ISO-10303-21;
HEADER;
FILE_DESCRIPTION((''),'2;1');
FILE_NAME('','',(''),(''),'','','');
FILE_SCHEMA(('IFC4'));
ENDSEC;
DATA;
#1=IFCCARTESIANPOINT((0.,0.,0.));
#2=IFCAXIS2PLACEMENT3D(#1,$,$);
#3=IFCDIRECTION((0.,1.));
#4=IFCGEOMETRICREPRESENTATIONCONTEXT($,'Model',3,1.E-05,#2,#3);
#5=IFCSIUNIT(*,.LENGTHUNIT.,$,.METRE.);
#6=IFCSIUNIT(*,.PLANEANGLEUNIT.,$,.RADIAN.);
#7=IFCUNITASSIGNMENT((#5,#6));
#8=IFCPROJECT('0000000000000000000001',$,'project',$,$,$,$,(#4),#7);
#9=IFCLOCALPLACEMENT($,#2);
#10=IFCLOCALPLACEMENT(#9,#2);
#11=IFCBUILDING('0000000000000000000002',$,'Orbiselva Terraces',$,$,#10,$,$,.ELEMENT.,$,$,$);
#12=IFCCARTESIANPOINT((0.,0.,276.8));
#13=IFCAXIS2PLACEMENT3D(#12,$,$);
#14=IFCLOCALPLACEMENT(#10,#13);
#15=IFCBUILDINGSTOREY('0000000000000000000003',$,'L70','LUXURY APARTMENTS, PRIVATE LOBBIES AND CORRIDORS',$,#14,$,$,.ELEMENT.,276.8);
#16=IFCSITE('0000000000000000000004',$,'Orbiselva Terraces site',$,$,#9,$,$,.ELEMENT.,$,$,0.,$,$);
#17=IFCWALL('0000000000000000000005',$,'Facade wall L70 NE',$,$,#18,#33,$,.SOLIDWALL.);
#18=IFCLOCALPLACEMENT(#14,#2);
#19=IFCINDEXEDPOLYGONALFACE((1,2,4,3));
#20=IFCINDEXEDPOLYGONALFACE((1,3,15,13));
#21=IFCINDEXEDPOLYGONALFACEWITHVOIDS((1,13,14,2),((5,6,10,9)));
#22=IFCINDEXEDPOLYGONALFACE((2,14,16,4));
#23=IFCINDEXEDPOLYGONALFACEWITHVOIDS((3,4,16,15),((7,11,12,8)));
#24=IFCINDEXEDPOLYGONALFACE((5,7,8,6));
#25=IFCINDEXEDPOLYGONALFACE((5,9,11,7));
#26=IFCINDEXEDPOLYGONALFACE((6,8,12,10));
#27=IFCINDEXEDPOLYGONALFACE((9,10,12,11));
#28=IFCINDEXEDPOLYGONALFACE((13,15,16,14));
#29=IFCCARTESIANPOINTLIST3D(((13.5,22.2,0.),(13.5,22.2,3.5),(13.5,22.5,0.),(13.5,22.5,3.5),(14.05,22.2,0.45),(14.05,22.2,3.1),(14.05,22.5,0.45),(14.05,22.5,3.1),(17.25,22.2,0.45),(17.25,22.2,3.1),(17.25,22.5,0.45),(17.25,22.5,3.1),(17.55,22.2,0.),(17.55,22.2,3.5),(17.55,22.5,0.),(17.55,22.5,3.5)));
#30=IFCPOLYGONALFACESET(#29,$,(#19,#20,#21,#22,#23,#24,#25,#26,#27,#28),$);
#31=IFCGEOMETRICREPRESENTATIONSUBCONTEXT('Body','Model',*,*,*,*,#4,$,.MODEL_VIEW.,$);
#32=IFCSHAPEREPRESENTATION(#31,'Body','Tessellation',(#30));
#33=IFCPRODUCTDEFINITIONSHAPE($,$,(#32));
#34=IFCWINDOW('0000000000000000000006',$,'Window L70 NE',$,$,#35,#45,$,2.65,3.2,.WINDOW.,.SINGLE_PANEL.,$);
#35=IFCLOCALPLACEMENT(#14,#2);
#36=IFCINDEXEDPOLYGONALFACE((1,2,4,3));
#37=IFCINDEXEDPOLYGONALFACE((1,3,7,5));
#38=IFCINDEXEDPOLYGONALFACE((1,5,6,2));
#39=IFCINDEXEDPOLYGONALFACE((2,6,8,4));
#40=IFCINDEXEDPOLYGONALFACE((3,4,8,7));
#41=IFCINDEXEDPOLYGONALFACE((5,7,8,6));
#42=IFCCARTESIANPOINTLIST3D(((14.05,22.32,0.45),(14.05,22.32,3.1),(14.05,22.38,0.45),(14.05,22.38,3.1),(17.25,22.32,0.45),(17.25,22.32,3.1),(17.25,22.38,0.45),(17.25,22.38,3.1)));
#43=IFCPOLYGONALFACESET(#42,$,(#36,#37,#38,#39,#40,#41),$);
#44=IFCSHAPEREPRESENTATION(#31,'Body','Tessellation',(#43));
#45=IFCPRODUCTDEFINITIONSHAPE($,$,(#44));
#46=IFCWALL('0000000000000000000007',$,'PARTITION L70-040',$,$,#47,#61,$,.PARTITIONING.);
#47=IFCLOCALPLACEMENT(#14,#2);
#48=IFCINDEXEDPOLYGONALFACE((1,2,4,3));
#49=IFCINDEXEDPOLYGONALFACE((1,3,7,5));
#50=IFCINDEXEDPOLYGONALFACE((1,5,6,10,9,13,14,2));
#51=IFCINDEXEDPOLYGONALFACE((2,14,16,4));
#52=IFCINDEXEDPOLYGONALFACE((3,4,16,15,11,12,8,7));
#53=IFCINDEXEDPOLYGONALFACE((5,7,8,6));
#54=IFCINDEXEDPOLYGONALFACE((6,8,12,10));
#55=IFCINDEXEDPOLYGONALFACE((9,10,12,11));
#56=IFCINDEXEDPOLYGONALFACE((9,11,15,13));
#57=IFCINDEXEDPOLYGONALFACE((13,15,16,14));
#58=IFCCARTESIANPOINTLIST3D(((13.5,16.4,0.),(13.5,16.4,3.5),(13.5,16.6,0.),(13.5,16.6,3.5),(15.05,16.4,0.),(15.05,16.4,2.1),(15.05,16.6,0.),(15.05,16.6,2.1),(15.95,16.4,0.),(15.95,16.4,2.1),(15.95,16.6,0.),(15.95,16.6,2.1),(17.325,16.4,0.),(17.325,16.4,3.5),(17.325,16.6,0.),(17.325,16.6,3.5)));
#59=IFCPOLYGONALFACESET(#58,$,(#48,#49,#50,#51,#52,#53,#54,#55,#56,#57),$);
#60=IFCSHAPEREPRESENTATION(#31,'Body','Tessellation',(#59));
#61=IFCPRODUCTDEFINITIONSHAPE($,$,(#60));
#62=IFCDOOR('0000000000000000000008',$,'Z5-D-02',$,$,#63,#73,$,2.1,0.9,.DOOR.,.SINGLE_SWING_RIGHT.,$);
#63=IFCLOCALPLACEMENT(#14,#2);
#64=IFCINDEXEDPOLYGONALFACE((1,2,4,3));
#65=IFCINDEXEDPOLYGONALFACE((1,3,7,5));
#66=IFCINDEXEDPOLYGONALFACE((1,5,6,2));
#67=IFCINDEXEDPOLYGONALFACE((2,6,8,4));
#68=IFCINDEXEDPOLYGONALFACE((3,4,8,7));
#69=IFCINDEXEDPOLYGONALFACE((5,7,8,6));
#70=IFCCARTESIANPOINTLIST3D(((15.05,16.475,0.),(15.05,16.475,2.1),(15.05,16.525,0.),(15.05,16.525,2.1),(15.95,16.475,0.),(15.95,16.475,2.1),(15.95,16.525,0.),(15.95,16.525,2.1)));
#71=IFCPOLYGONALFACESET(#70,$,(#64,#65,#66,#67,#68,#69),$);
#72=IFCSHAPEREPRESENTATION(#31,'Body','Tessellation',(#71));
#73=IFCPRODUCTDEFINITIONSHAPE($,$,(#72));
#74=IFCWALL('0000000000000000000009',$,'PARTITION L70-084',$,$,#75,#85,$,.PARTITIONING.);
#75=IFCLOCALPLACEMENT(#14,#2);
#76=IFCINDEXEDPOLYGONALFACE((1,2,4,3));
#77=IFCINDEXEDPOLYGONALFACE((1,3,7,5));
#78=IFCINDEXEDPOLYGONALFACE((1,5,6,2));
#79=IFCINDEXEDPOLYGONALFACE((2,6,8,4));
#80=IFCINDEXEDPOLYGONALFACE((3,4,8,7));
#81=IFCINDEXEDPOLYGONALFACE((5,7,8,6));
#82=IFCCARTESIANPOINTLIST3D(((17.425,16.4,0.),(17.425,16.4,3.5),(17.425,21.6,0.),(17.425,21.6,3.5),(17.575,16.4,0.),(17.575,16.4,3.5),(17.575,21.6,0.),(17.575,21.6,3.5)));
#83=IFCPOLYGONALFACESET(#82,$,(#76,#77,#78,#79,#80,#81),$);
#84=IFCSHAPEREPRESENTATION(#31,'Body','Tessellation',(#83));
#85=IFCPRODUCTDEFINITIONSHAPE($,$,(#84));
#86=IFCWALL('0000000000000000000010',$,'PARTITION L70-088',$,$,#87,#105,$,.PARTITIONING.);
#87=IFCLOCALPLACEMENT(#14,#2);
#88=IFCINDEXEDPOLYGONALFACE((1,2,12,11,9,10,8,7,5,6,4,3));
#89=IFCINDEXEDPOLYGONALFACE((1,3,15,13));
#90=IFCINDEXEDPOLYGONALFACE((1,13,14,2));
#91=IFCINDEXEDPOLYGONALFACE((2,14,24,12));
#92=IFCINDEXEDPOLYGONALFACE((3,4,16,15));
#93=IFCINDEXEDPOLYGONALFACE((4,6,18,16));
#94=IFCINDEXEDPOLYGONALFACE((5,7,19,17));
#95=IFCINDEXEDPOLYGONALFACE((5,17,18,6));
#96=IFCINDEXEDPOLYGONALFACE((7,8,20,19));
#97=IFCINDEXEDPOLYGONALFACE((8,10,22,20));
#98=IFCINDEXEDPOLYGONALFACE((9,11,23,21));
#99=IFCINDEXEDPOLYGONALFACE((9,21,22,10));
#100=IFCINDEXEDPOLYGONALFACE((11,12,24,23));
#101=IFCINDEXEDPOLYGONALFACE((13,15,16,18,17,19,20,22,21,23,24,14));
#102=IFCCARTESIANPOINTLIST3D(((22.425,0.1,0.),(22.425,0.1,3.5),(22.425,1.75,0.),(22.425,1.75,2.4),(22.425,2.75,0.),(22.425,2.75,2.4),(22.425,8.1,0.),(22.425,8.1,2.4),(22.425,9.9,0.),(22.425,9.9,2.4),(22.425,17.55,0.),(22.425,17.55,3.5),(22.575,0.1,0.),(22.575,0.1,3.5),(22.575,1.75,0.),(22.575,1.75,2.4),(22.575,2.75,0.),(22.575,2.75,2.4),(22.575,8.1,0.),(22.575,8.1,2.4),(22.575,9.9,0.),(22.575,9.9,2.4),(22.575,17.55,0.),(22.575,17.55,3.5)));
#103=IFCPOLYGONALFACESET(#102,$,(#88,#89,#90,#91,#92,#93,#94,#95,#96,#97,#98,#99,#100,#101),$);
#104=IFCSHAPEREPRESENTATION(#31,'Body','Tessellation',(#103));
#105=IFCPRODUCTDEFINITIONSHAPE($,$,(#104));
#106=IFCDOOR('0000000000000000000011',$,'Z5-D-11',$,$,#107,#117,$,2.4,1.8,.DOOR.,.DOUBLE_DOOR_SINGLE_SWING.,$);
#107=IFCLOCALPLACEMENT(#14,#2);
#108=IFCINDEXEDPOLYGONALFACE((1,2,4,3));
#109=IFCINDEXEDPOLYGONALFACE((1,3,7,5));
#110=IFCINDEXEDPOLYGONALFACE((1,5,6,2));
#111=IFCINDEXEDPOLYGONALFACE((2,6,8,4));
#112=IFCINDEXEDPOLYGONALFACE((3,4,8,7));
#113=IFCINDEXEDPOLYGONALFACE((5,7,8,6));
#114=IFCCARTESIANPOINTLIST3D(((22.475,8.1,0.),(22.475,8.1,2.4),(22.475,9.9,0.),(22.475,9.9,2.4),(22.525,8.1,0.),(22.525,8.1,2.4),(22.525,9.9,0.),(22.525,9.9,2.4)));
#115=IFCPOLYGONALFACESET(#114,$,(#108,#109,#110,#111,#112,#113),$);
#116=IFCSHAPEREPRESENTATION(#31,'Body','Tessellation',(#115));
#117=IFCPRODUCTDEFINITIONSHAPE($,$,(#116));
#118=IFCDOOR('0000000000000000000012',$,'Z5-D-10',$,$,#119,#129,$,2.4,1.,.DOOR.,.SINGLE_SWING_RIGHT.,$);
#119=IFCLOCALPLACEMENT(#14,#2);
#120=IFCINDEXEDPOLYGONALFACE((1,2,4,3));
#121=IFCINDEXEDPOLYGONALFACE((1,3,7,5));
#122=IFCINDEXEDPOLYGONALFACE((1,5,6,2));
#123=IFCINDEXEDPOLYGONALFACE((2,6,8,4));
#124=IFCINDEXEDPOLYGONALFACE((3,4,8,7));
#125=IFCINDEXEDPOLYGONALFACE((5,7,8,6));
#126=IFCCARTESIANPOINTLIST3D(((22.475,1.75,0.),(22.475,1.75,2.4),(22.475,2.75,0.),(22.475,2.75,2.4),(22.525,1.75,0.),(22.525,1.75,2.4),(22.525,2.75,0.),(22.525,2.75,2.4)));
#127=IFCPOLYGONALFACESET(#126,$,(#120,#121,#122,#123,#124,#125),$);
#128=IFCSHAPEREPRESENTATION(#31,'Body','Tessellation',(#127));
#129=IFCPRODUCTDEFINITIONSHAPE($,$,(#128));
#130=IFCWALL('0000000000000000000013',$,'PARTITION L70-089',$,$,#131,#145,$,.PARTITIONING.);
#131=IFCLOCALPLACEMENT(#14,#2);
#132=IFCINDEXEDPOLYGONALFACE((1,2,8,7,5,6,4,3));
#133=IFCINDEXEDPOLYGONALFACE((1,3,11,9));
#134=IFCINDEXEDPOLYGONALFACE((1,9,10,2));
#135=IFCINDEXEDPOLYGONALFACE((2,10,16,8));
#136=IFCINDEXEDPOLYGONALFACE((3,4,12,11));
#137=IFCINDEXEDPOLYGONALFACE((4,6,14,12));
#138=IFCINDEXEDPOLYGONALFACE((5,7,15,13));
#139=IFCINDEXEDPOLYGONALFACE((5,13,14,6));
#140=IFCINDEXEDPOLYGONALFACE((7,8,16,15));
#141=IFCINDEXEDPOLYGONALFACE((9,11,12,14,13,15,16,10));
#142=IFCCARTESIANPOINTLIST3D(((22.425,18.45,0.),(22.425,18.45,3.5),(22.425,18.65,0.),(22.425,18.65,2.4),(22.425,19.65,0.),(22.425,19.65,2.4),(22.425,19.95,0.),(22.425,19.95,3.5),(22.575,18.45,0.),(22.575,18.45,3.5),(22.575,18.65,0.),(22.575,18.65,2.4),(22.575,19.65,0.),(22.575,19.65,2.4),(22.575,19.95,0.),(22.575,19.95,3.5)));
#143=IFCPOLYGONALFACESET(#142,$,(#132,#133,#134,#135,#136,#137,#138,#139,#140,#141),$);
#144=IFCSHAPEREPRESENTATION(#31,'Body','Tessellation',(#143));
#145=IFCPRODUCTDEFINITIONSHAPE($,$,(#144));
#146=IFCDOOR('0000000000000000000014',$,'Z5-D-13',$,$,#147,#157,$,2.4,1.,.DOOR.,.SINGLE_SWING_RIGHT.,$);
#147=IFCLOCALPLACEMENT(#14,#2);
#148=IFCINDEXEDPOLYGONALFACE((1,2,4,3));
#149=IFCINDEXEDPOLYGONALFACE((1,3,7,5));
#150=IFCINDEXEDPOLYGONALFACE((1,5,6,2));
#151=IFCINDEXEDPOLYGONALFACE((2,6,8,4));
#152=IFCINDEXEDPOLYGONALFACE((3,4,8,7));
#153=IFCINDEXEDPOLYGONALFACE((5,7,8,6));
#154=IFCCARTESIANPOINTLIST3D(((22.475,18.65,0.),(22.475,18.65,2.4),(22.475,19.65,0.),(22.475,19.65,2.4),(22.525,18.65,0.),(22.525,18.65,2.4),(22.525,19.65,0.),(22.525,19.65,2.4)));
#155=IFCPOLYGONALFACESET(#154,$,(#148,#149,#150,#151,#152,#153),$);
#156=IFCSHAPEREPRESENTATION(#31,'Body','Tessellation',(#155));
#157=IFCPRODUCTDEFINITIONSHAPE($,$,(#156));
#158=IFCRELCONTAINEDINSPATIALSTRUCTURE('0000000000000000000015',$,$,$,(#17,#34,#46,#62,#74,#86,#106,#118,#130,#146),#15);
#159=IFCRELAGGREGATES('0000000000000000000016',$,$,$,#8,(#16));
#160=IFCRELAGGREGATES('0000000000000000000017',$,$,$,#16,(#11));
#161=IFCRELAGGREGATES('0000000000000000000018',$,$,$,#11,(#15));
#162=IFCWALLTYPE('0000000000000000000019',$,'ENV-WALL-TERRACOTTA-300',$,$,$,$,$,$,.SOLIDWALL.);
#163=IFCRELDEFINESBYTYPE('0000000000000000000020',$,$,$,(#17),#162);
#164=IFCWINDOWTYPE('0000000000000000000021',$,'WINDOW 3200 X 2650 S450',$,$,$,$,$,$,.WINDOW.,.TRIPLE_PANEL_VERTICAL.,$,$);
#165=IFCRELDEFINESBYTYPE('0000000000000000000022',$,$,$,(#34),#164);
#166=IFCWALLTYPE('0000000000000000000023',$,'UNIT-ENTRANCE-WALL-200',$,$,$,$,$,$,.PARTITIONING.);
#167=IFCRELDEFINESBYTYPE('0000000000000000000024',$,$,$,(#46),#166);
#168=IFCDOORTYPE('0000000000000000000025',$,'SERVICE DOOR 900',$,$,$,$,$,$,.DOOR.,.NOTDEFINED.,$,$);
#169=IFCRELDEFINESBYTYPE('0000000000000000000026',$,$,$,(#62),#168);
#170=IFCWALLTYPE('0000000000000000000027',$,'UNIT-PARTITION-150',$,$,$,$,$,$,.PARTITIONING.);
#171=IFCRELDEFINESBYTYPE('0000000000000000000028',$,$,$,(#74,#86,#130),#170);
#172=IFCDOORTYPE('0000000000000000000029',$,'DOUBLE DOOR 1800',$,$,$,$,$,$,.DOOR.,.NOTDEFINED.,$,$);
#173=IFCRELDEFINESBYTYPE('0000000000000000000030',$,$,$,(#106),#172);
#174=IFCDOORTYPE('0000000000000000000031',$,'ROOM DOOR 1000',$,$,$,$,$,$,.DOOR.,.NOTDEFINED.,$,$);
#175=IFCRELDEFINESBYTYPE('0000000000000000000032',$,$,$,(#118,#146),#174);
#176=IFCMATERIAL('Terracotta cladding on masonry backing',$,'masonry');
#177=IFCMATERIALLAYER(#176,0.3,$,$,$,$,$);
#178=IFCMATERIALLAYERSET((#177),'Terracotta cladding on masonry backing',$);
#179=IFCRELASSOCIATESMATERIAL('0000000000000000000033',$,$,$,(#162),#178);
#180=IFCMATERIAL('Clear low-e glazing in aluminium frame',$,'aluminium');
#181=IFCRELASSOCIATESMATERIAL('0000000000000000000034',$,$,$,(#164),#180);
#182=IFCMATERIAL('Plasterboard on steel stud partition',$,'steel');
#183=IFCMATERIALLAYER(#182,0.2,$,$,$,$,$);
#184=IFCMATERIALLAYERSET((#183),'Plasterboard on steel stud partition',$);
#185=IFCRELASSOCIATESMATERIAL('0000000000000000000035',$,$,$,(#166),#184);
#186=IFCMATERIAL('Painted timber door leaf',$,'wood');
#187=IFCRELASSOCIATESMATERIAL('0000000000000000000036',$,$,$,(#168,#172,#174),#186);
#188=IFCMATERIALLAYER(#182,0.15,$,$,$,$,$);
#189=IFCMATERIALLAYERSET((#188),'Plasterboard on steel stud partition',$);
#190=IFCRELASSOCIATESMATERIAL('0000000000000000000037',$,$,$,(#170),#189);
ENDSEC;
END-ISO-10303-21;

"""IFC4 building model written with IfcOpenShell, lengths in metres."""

from ifc_helpers import new_model, si_unit, direction, frame, frame_2d, origin, place, context, subcontext, project, spatial, rectangle, extrude, material, layer, layer_set, type_object, element, fill, save


model = new_model("IFC4")

# Units and contexts
model_context = context("Model", 3, precision=1e-05, world=origin(), true_north=direction((0.0, 1.0)))
body_context = subcontext(model_context, "Body", "Model", "MODEL_VIEW")
ifc_project = project(units=[si_unit("LENGTHUNIT", "METRE"), si_unit("PLANEANGLEUNIT", "RADIAN")], contexts=[model_context])

# Site, building, storey
site_placement = place(None, origin())
site = spatial("IfcSite", under=ifc_project, at=site_placement, Name="Orbiselva Terraces site", CompositionType="ELEMENT", RefElevation=0.0)
building_placement = place(site_placement, origin())
building = spatial("IfcBuilding", under=site, at=building_placement, Name="Orbiselva Terraces", CompositionType="ELEMENT")
storey_placement = place(building_placement, frame((0.0, 0.0, 276.8)))
storey = spatial("IfcBuildingStorey", under=building, at=storey_placement, Name="L70", Description="LUXURY APARTMENTS, PRIVATE LOBBIES AND CORRIDORS", CompositionType="ELEMENT", Elevation=276.8)

# Shared definitions
ifc_material_1 = material(Name="Terracotta cladding on masonry backing", Category="masonry")
ifc_layer_1 = layer(ifc_material_1, 0.3)
ifc_layer_set_1 = layer_set([ifc_layer_1], Name="Terracotta cladding on masonry backing")
wall_type_1 = type_object("IfcWallType", Name="ENV-WALL-TERRACOTTA-300", PredefinedType="SOLIDWALL", material=ifc_layer_set_1)
ifc_material_2 = material(Name="Clear low-e glazing in aluminium frame", Category="aluminium")

# Wall, opening, window
wall_1_placement = place(storey_placement, frame((13.5, 22.35, 0.0), z_axis=(0.0, 0.0, 1.0), x_axis=(1.0, 0.0, 0.0)))
wall_1 = element("IfcWall", 1, at=wall_1_placement, inside=storey, type_object=wall_type_1, Name="Facade wall L70 NE", PredefinedType="SOLIDWALL", context=body_context, shape_type="SweptSolid", body=[
    extrude(rectangle(XDim=4.05, YDim=0.3, at=frame_2d((2.025, 0.0))), origin(), (0.0, 0.0, 1.0), 3.5),
])
opening_1_placement = place(wall_1_placement, frame((0.55, 0.0, 0.45)))
opening_1 = element("IfcOpeningElement", 2, at=opening_1_placement, cuts=wall_1, PredefinedType="OPENING", context=body_context, shape_type="SweptSolid", body=[
    extrude(rectangle(XDim=3.2, YDim=2.65, at=frame_2d((1.6, 1.325))), frame((0.0, 0.16, 0.0), z_axis=(0.0, -1.0, 0.0), x_axis=(1.0, 0.0, 0.0)), (0.0, 0.0, 1.0), 0.32),
])
window_type = type_object("IfcWindowType", Name="WINDOW 3200 X 2650 S450", PartitioningType="TRIPLE_PANEL_VERTICAL", PredefinedType="WINDOW", material=ifc_material_2)
window_placement = place(opening_1_placement, origin())
window = element("IfcWindow", 3, at=window_placement, inside=storey, type_object=window_type, Name="Window L70 NE", OverallHeight=2.65, OverallWidth=3.2, PartitioningType="SINGLE_PANEL", PredefinedType="WINDOW", context=body_context, shape_type="SweptSolid", body=[
    extrude(rectangle(XDim=3.2, YDim=2.65, at=frame_2d((1.6, 1.325))), frame((0.0, 0.03, 0.0), z_axis=(0.0, -1.0, 0.0), x_axis=(1.0, 0.0, 0.0)), (0.0, 0.0, 1.0), 0.06),
])
fill(opening_1, window)

# Wall, opening, door
ifc_material_3 = material(Name="Plasterboard on steel stud partition", Category="steel")
ifc_layer_2 = layer(ifc_material_3, 0.2)
ifc_layer_set_2 = layer_set([ifc_layer_2], Name="Plasterboard on steel stud partition")
wall_type_2 = type_object("IfcWallType", Name="UNIT-ENTRANCE-WALL-200", PredefinedType="PARTITIONING", material=ifc_layer_set_2)
wall_2_placement = place(storey_placement, frame((13.5, 16.5, 0.0), z_axis=(0.0, 0.0, 1.0), x_axis=(1.0, 0.0, 0.0)))
wall_2 = element("IfcWall", 4, at=wall_2_placement, inside=storey, type_object=wall_type_2, Name="PARTITION L70-040", PredefinedType="PARTITIONING", context=body_context, shape_type="SweptSolid", body=[
    extrude(rectangle(XDim=3.825, YDim=0.2, at=frame_2d((1.9125, 0.0))), origin(), (0.0, 0.0, 1.0), 3.5),
])
opening_2_placement = place(wall_2_placement, frame((1.55, 0.0, 0.0)))
opening_2 = element("IfcOpeningElement", 5, at=opening_2_placement, cuts=wall_2, PredefinedType="OPENING", context=body_context, shape_type="SweptSolid", body=[
    extrude(rectangle(XDim=0.9, YDim=2.1, at=frame_2d((0.45, 1.05))), frame((0.0, 0.11, 0.0), z_axis=(0.0, -1.0, 0.0), x_axis=(1.0, 0.0, 0.0)), (0.0, 0.0, 1.0), 0.22),
])
ifc_material_4 = material(Name="Painted timber door leaf", Category="wood")
door_type_1 = type_object("IfcDoorType", Name="SERVICE DOOR 900", OperationType="NOTDEFINED", PredefinedType="DOOR", material=ifc_material_4)
door_1_placement = place(opening_2_placement, origin())
door_1 = element("IfcDoor", 6, at=door_1_placement, inside=storey, type_object=door_type_1, Name="Z5-D-02", OperationType="SINGLE_SWING_RIGHT", OverallHeight=2.1, OverallWidth=0.9, PredefinedType="DOOR", context=body_context, shape_type="SweptSolid", body=[
    extrude(rectangle(XDim=0.9, YDim=2.1, at=frame_2d((0.45, 1.05))), frame((0.0, 0.025, 0.0), z_axis=(0.0, -1.0, 0.0), x_axis=(1.0, 0.0, 0.0)), (0.0, 0.0, 1.0), 0.05),
])
fill(opening_2, door_1)

# Wall
ifc_layer_3 = layer(ifc_material_3, 0.15)
ifc_layer_set_3 = layer_set([ifc_layer_3], Name="Plasterboard on steel stud partition")
wall_type_3 = type_object("IfcWallType", Name="UNIT-PARTITION-150", PredefinedType="PARTITIONING", material=ifc_layer_set_3)
wall_3_placement = place(storey_placement, frame((17.5, 16.4, 0.0), z_axis=(0.0, 0.0, 1.0), x_axis=(0.0, 1.0, 0.0)))
element("IfcWall", 7, at=wall_3_placement, inside=storey, type_object=wall_type_3, Name="PARTITION L70-084", PredefinedType="PARTITIONING", context=body_context, shape_type="SweptSolid", body=[
    extrude(rectangle(XDim=5.2, YDim=0.15, at=frame_2d((2.6, 0.0))), origin(), (0.0, 0.0, 1.0), 3.5),
])

# Wall, openings, doors
wall_4_placement = place(storey_placement, frame((22.5, 17.55, 0.0), z_axis=(0.0, 0.0, 1.0), x_axis=(0.0, -1.0, 0.0)))
wall_4 = element("IfcWall", 8, at=wall_4_placement, inside=storey, type_object=wall_type_3, Name="PARTITION L70-088", PredefinedType="PARTITIONING", context=body_context, shape_type="SweptSolid", body=[
    extrude(rectangle(XDim=17.45, YDim=0.15, at=frame_2d((8.725, 0.0))), origin(), (0.0, 0.0, 1.0), 3.5),
])
opening_3_placement = place(wall_4_placement, frame((14.8, 0.0, 0.0)))
opening_3 = element("IfcOpeningElement", 9, at=opening_3_placement, cuts=wall_4, PredefinedType="OPENING", context=body_context, shape_type="SweptSolid", body=[
    extrude(rectangle(XDim=1.0, YDim=2.4, at=frame_2d((0.5, 1.2))), frame((0.0, 0.085, 0.0), z_axis=(0.0, -1.0, 0.0), x_axis=(1.0, 0.0, 0.0)), (0.0, 0.0, 1.0), 0.17),
])
opening_4_placement = place(wall_4_placement, frame((7.65, 0.0, 0.0)))
opening_4 = element("IfcOpeningElement", 10, at=opening_4_placement, cuts=wall_4, PredefinedType="OPENING", context=body_context, shape_type="SweptSolid", body=[
    extrude(rectangle(XDim=1.8, YDim=2.4, at=frame_2d((0.9, 1.2))), frame((0.0, 0.085, 0.0), z_axis=(0.0, -1.0, 0.0), x_axis=(1.0, 0.0, 0.0)), (0.0, 0.0, 1.0), 0.17),
])
door_type_2 = type_object("IfcDoorType", Name="DOUBLE DOOR 1800", OperationType="NOTDEFINED", PredefinedType="DOOR", material=ifc_material_4)
door_2_placement = place(opening_4_placement, origin())
door_2 = element("IfcDoor", 11, at=door_2_placement, inside=storey, type_object=door_type_2, Name="Z5-D-11", OperationType="DOUBLE_DOOR_SINGLE_SWING", OverallHeight=2.4, OverallWidth=1.8, PredefinedType="DOOR", context=body_context, shape_type="SweptSolid", body=[
    extrude(rectangle(XDim=1.8, YDim=2.4, at=frame_2d((0.9, 1.2))), frame((0.0, 0.025, 0.0), z_axis=(0.0, -1.0, 0.0), x_axis=(1.0, 0.0, 0.0)), (0.0, 0.0, 1.0), 0.05),
])
fill(opening_4, door_2)
door_type_3 = type_object("IfcDoorType", Name="ROOM DOOR 1000", OperationType="NOTDEFINED", PredefinedType="DOOR", material=ifc_material_4)
door_3_placement = place(opening_3_placement, origin())
door_3 = element("IfcDoor", 12, at=door_3_placement, inside=storey, type_object=door_type_3, Name="Z5-D-10", OperationType="SINGLE_SWING_RIGHT", OverallHeight=2.4, OverallWidth=1.0, PredefinedType="DOOR", context=body_context, shape_type="SweptSolid", body=[
    extrude(rectangle(XDim=1.0, YDim=2.4, at=frame_2d((0.5, 1.2))), frame((0.0, 0.025, 0.0), z_axis=(0.0, -1.0, 0.0), x_axis=(1.0, 0.0, 0.0)), (0.0, 0.0, 1.0), 0.05),
])
fill(opening_3, door_3)

# Wall, opening, door
wall_5_placement = place(storey_placement, frame((22.5, 19.95, 0.0), z_axis=(0.0, 0.0, 1.0), x_axis=(0.0, -1.0, 0.0)))
wall_5 = element("IfcWall", 13, at=wall_5_placement, inside=storey, type_object=wall_type_3, Name="PARTITION L70-089", PredefinedType="PARTITIONING", context=body_context, shape_type="SweptSolid", body=[
    extrude(rectangle(XDim=1.5, YDim=0.15, at=frame_2d((0.75, 0.0))), origin(), (0.0, 0.0, 1.0), 3.5),
])
opening_5_placement = place(wall_5_placement, frame((0.3, 0.0, 0.0)))
opening_5 = element("IfcOpeningElement", 14, at=opening_5_placement, cuts=wall_5, PredefinedType="OPENING", context=body_context, shape_type="SweptSolid", body=[
    extrude(rectangle(XDim=1.0, YDim=2.4, at=frame_2d((0.5, 1.2))), frame((0.0, 0.085, 0.0), z_axis=(0.0, -1.0, 0.0), x_axis=(1.0, 0.0, 0.0)), (0.0, 0.0, 1.0), 0.17),
])
door_4_placement = place(opening_5_placement, origin())
door_4 = element("IfcDoor", 15, at=door_4_placement, inside=storey, type_object=door_type_3, Name="Z5-D-13", OperationType="SINGLE_SWING_RIGHT", OverallHeight=2.4, OverallWidth=1.0, PredefinedType="DOOR", context=body_context, shape_type="SweptSolid", body=[
    extrude(rectangle(XDim=1.0, YDim=2.4, at=frame_2d((0.5, 1.2))), frame((0.0, 0.025, 0.0), z_axis=(0.0, -1.0, 0.0), x_axis=(1.0, 0.0, 0.0)), (0.0, 0.0, 1.0), 0.05),
])
fill(opening_5, door_4)

save(model, "model.ifc")
